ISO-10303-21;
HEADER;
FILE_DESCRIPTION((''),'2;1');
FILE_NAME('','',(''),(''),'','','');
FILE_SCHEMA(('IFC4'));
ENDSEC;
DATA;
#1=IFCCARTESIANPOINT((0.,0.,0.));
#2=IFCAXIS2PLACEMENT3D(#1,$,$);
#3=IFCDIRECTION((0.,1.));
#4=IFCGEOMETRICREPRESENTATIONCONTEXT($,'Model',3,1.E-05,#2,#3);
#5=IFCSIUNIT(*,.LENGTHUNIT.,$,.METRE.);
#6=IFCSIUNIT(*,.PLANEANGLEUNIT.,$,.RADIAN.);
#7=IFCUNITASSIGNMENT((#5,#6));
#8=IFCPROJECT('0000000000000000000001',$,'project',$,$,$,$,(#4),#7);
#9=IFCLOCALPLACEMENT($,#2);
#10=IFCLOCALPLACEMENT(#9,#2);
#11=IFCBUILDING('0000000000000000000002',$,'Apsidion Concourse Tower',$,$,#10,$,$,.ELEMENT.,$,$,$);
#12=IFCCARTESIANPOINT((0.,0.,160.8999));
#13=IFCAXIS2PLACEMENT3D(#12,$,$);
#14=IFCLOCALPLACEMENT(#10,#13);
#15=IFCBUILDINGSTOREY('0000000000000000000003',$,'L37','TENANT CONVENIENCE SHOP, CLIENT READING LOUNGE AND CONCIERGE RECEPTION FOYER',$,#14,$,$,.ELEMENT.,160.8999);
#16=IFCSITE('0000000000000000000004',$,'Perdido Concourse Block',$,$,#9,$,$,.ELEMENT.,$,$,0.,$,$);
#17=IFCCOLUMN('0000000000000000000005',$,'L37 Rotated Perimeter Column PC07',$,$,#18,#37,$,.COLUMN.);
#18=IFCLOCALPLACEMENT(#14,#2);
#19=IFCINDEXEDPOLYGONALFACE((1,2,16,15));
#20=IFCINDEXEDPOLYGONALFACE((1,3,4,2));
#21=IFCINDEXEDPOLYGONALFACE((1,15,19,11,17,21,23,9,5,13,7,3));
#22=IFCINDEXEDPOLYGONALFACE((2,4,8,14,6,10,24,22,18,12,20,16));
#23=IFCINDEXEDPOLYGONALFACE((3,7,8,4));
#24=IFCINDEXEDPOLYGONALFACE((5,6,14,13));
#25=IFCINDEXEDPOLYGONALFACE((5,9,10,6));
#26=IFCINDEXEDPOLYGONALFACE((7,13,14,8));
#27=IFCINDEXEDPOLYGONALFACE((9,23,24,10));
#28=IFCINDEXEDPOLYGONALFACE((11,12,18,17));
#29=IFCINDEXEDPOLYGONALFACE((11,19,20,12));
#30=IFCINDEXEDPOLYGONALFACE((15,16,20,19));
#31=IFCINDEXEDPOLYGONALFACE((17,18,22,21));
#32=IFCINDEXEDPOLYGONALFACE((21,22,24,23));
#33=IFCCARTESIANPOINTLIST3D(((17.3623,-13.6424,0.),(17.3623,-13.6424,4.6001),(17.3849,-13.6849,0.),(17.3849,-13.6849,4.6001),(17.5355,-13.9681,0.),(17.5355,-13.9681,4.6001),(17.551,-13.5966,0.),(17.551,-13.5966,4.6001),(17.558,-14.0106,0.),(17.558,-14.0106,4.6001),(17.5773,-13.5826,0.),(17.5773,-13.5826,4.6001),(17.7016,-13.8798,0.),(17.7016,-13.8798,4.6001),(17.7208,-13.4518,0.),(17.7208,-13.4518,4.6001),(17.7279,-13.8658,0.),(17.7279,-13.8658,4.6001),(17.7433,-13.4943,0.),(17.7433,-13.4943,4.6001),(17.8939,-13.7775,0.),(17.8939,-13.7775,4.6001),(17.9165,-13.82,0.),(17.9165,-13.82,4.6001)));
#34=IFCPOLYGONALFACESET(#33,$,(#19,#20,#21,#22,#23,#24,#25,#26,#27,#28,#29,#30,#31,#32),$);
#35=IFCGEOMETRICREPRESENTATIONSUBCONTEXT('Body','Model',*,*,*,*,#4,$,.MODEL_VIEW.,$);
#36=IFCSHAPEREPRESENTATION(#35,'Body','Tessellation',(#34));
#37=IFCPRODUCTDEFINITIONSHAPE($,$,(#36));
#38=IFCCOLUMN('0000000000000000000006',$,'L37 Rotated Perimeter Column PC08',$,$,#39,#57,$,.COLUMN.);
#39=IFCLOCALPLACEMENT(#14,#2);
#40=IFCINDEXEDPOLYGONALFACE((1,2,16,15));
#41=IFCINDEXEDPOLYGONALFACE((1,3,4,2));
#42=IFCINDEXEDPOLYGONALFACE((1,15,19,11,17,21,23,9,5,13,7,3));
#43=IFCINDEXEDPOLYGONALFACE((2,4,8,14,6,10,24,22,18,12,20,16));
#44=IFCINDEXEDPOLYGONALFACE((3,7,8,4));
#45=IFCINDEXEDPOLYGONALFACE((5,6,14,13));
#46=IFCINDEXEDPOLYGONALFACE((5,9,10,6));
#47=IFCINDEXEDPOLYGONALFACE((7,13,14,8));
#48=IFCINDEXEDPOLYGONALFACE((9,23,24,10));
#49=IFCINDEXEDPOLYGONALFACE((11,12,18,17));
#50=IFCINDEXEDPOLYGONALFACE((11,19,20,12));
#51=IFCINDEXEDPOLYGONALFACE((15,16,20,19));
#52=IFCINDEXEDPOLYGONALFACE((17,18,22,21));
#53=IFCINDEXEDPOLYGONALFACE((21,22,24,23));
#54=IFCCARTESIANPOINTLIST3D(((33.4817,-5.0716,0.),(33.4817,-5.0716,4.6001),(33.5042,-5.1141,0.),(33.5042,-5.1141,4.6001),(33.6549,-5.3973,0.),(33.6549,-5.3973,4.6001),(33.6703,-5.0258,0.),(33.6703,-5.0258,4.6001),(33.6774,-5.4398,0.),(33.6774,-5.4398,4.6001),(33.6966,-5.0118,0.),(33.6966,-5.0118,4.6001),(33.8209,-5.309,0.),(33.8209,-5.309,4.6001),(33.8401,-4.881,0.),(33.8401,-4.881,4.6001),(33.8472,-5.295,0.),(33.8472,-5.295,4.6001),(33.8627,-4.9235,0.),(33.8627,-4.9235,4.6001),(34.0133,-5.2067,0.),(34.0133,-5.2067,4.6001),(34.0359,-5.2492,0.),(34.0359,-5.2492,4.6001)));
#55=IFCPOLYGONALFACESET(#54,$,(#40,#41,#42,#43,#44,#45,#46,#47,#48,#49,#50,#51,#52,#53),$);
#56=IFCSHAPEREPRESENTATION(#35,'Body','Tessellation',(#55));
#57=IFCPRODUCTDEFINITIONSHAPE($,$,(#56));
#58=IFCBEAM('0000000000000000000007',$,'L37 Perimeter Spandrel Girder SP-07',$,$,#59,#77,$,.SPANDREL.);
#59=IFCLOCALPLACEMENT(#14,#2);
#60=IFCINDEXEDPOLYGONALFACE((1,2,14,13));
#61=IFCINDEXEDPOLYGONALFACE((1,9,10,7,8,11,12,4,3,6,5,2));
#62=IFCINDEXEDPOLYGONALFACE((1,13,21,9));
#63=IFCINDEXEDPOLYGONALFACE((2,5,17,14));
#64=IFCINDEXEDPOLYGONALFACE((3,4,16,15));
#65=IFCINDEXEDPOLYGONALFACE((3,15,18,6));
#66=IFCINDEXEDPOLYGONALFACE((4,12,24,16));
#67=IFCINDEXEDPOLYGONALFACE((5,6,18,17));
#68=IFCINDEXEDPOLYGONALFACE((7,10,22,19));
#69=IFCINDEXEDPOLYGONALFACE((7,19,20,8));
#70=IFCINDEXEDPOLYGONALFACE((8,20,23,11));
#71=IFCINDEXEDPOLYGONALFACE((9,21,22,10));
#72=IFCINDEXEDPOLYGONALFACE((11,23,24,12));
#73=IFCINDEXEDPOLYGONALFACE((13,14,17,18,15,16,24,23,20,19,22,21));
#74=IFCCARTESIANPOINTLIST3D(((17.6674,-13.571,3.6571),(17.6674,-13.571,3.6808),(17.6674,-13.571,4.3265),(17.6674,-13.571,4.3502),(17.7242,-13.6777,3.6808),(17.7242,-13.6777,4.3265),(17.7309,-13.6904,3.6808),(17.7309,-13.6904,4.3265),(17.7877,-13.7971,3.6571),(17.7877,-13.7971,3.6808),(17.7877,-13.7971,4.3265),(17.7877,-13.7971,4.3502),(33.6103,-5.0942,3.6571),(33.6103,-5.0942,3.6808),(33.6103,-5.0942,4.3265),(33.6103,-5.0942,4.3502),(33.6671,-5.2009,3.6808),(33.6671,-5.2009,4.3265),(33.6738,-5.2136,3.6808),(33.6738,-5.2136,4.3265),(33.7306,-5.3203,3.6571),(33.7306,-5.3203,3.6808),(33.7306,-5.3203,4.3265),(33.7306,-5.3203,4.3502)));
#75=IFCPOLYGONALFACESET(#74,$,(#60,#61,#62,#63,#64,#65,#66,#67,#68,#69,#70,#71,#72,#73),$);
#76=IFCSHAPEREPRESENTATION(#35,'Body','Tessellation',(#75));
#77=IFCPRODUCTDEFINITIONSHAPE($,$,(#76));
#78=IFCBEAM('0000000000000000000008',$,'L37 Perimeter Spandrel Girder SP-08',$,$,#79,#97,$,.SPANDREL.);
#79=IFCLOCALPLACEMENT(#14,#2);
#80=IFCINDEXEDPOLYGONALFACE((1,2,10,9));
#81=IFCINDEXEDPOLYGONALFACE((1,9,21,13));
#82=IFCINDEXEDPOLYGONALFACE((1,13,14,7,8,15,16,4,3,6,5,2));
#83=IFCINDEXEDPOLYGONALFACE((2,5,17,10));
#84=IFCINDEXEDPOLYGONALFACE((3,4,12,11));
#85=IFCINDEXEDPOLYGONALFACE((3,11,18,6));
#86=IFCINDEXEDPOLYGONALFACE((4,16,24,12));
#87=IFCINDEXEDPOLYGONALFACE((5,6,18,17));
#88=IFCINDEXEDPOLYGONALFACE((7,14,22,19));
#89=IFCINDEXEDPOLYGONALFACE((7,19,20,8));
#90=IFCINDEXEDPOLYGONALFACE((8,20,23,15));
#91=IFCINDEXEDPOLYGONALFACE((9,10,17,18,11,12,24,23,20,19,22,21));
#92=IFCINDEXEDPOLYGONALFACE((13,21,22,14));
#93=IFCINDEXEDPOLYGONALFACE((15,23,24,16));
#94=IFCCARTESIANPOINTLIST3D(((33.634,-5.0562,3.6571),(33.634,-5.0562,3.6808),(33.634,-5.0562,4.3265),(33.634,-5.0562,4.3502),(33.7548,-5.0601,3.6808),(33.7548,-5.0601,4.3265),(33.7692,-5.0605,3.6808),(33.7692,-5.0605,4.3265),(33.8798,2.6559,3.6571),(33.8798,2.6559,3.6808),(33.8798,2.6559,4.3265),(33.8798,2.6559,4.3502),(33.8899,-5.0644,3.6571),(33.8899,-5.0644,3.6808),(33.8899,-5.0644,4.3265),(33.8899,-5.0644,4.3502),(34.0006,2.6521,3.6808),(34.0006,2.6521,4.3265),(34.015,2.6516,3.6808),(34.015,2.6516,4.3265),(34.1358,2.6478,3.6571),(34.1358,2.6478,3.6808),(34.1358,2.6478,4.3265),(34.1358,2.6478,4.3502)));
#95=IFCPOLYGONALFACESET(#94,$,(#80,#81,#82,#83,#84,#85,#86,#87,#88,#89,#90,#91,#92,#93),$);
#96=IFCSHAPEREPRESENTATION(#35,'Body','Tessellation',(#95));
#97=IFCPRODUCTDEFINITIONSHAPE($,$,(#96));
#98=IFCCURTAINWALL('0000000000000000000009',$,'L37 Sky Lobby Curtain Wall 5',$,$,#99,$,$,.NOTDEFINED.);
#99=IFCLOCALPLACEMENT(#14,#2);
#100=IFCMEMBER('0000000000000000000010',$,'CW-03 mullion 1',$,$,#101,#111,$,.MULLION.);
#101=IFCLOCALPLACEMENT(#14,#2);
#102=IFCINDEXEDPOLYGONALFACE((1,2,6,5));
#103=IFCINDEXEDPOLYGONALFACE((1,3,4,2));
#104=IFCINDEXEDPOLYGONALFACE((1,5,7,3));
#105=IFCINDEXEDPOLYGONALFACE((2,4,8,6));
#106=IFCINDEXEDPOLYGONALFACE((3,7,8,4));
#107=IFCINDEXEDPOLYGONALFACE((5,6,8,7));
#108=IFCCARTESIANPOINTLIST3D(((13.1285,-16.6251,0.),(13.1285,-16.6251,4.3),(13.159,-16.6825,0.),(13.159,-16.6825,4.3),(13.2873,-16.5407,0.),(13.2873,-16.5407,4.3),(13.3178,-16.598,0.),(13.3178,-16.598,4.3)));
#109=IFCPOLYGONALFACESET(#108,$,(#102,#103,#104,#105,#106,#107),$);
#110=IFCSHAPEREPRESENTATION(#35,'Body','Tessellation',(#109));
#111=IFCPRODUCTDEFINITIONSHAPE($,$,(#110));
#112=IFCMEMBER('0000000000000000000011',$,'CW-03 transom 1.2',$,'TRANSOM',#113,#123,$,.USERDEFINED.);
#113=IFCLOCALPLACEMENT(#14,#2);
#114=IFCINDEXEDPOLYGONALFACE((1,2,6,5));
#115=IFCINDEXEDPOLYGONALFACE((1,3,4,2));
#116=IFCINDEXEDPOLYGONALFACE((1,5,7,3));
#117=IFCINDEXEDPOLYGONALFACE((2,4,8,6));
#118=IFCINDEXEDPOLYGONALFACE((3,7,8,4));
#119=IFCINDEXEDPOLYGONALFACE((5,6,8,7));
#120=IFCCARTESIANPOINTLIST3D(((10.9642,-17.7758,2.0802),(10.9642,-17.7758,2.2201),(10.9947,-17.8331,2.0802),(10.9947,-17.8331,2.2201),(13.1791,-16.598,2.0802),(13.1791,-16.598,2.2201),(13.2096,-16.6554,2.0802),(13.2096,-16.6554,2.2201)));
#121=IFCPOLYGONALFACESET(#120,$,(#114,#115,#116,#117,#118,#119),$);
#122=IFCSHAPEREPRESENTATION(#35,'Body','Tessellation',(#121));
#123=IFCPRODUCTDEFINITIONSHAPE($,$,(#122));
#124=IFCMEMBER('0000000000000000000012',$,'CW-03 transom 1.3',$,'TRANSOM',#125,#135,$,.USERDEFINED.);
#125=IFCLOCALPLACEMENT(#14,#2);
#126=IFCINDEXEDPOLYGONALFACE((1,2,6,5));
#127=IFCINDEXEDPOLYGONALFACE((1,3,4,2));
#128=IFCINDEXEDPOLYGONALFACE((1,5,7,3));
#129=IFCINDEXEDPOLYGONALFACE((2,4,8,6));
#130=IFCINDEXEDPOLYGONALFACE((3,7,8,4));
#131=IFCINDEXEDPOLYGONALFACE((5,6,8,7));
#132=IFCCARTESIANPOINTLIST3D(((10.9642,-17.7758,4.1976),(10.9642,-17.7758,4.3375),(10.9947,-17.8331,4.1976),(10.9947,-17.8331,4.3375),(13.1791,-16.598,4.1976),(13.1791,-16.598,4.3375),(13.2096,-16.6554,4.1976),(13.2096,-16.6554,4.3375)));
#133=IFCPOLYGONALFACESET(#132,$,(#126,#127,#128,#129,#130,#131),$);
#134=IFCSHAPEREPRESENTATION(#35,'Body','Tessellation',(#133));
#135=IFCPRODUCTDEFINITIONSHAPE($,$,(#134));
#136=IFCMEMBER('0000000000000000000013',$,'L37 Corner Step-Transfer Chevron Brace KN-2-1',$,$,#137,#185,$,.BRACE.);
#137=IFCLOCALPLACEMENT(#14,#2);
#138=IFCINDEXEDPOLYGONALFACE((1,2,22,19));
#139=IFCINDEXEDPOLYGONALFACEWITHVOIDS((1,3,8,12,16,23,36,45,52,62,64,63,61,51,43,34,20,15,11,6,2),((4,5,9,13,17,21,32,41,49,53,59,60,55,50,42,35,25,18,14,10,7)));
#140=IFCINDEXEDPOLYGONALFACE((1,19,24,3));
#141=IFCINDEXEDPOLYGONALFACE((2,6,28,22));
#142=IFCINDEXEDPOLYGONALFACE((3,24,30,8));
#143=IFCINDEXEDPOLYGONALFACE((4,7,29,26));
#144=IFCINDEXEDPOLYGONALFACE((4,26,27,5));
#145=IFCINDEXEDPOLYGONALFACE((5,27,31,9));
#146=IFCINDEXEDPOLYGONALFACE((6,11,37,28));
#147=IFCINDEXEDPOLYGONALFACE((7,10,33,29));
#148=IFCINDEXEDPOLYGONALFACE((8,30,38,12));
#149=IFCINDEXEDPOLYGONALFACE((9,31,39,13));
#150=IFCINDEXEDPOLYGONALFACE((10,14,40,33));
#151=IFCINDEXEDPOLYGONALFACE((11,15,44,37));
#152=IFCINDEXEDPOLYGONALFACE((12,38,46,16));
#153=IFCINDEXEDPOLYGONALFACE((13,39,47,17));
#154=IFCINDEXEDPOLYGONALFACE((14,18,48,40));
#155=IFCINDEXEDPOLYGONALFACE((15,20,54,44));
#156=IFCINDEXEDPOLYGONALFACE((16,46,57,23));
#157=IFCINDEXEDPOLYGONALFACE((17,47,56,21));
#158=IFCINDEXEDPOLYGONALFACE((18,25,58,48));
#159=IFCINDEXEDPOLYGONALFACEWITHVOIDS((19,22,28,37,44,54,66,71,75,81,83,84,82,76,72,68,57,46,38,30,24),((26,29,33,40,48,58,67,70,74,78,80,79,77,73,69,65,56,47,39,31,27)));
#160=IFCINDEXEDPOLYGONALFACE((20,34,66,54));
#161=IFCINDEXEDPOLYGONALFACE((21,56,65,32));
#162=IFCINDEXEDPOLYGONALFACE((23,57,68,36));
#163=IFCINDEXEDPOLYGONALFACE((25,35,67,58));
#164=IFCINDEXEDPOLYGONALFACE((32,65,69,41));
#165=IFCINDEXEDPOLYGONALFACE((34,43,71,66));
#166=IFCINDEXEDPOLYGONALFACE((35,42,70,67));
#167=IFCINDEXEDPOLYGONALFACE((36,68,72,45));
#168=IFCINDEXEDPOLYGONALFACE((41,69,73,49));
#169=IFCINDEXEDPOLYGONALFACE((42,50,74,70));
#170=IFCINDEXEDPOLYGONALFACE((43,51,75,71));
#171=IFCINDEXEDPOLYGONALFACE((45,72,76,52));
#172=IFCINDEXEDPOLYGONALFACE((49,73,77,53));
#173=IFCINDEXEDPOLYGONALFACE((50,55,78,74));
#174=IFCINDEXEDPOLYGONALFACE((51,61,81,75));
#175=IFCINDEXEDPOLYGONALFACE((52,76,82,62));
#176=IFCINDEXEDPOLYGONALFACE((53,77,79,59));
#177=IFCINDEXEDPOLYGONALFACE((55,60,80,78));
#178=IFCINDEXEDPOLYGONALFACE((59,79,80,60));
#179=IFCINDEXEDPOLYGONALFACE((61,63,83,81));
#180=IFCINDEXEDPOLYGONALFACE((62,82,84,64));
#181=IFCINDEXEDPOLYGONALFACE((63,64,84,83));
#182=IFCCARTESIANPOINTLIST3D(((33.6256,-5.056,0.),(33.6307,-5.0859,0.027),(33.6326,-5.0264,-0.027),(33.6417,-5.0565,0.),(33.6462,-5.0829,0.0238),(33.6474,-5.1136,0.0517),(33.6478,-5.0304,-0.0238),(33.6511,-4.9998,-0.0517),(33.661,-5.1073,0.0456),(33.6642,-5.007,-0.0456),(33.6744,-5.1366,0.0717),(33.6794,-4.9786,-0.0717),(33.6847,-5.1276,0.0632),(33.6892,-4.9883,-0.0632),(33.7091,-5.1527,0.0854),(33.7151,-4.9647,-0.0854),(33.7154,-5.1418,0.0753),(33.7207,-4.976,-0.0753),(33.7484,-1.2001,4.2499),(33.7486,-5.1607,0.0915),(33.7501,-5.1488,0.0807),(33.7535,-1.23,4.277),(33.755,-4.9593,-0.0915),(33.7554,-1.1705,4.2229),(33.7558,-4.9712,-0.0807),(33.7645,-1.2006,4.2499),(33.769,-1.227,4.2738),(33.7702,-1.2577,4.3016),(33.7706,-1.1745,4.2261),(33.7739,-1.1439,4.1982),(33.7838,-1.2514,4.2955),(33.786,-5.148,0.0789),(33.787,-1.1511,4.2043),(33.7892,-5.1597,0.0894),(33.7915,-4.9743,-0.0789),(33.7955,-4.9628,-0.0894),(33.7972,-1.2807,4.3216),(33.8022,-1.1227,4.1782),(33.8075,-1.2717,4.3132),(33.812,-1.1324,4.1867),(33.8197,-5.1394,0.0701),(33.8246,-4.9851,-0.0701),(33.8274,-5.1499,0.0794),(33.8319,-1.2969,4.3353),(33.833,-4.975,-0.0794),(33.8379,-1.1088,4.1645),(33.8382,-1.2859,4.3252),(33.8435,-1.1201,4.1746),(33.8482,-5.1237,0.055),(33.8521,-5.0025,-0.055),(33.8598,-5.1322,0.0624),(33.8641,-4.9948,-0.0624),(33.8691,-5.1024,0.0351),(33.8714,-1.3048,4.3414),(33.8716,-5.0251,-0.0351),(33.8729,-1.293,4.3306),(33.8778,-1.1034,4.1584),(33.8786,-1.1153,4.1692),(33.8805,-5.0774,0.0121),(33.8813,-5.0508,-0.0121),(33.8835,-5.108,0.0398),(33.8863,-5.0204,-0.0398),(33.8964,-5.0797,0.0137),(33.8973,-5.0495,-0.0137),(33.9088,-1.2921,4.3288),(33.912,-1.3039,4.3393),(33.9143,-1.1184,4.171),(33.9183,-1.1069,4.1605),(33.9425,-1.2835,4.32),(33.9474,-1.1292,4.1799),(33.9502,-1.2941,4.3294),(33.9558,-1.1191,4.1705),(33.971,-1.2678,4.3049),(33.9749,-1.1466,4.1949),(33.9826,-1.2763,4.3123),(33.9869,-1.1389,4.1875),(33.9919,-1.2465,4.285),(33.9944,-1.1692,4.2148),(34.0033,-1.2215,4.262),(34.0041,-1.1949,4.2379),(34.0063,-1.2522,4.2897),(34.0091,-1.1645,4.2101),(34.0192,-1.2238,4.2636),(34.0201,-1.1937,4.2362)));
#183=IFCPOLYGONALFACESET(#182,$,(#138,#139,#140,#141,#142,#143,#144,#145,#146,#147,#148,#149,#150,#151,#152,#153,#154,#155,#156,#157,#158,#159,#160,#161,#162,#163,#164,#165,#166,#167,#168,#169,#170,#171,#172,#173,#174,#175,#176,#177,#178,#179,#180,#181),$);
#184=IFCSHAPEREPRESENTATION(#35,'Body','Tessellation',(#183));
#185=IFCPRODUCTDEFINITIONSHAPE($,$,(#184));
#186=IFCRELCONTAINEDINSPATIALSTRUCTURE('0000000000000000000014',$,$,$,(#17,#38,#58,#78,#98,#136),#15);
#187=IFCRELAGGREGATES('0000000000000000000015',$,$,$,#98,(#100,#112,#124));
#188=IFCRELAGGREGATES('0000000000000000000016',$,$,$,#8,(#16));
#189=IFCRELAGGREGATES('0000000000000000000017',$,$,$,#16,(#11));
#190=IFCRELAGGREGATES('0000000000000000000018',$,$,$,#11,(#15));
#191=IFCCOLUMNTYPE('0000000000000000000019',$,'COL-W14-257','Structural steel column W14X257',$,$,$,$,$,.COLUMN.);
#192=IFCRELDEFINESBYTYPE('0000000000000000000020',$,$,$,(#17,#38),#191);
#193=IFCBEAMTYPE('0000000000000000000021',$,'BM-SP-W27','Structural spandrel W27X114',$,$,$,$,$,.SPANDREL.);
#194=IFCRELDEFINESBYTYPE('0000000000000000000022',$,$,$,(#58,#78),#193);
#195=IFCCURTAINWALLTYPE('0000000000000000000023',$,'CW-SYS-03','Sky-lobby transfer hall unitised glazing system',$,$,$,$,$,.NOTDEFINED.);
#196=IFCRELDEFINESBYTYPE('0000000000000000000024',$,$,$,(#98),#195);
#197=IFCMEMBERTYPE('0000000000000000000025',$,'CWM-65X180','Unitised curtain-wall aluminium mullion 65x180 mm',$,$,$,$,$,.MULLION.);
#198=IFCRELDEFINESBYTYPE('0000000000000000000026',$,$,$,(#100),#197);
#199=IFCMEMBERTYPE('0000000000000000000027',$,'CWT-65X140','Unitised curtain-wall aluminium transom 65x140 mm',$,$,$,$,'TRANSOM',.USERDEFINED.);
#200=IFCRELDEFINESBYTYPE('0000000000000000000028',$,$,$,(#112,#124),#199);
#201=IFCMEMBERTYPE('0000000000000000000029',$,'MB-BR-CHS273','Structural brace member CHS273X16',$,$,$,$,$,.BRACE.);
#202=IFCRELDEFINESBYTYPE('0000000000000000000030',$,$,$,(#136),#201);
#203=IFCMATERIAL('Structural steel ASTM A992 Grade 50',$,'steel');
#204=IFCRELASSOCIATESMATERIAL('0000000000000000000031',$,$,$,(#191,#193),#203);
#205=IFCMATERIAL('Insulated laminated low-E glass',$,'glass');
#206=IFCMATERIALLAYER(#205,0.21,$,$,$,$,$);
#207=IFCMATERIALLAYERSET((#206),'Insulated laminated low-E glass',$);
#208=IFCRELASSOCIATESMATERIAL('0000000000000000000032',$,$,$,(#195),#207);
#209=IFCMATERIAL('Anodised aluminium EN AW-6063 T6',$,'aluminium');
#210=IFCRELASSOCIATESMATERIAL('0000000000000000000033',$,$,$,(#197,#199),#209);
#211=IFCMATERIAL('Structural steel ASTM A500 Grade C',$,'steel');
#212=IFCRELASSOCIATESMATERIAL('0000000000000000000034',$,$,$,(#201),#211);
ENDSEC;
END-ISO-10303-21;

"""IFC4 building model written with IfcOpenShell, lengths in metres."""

from ifc_helpers import new_model, si_unit, direction, frame, origin, origin_2d, place, context, subcontext, project, spatial, rectangle, hollow_circle, i_section, extrude, material, layer, layer_set, material_profile, profile_set, type_object, element, aggregate, save


model = new_model("IFC4")

# Units and contexts
model_context = context("Model", 3, precision=1e-05, world=origin(), true_north=direction((0.0, 1.0)))
body_context = subcontext(model_context, "Body", "Model", "MODEL_VIEW")
ifc_project = project(units=[si_unit("LENGTHUNIT", "METRE"), si_unit("PLANEANGLEUNIT", "RADIAN")], contexts=[model_context])

# Site, building, storey
site_placement = place(None, origin())
site = spatial("IfcSite", under=ifc_project, at=site_placement, Name="Perdido Concourse Block", CompositionType="ELEMENT", RefElevation=0.0)
building_placement = place(site_placement, origin())
building = spatial("IfcBuilding", under=site, at=building_placement, Name="Apsidion Concourse Tower", CompositionType="ELEMENT")
storey_placement = place(building_placement, frame((0.0, 0.0, 160.8999)))
storey = spatial("IfcBuildingStorey", under=building, at=storey_placement, Name="L37", Description="TENANT CONVENIENCE SHOP, CLIENT READING LOUNGE AND CONCIERGE RECEPTION FOYER", CompositionType="ELEMENT", Elevation=160.8999)

# Columns
ifc_material_1 = material(Name="Structural steel ASTM A992 Grade 50", Category="steel")
ifc_material_profile_1 = material_profile(ifc_material_1, i_section(OverallWidth=0.406, OverallDepth=0.417, WebThickness=0.0298, FlangeThickness=0.0481, at=origin_2d()), Name="W14X257")
ifc_profile_set_1 = profile_set([ifc_material_profile_1], Name="Structural steel ASTM A992 Grade 50")
column_type = type_object("IfcColumnType", Name="COL-W14-257", Description="Structural steel column W14X257", PredefinedType="COLUMN", material=ifc_profile_set_1)
for number, where, z_axis, x_axis, name in (
    (1, (17.6394, -13.7312, 0.0), (0.0, 0.0, 1.0), (0.882948, 0.469472, 0.0), "L37 Rotated Perimeter Column PC07"),
    (2, (33.7588, -5.1604, 0.0), (0.0, 0.0, 1.0), (0.882948, 0.469472, 0.0), "L37 Rotated Perimeter Column PC08"),
):
    element("IfcColumn", number, at=place(storey_placement, frame(where, z_axis=z_axis, x_axis=x_axis)), inside=storey, type_object=column_type, Name=name, PredefinedType="COLUMN", context=body_context, shape_type="SweptSolid", body=[
        extrude(i_section(OverallWidth=0.406, OverallDepth=0.417, WebThickness=0.0298, FlangeThickness=0.0481, at=origin_2d()), origin(), (0.0, 0.0, 1.0), 4.6001),
    ])

# Beams
ifc_material_profile_2 = material_profile(ifc_material_1, i_section(OverallWidth=0.2561, OverallDepth=0.6931, WebThickness=0.0144, FlangeThickness=0.0237, at=origin_2d()), Name="W27X114")
ifc_profile_set_2 = profile_set([ifc_material_profile_2], Name="Structural steel ASTM A992 Grade 50")
beam_type = type_object("IfcBeamType", Name="BM-SP-W27", Description="Structural spandrel W27X114", PredefinedType="SPANDREL", material=ifc_profile_set_2)
beam_1_placement = place(storey_placement, frame((17.7275, -13.6841, 4.0037), z_axis=(0.882951, 0.469464, 0.0), x_axis=(-0.469464, 0.882951, 0.0)))
element("IfcBeam", 3, at=beam_1_placement, inside=storey, type_object=beam_type, Name="L37 Perimeter Spandrel Girder SP-07", PredefinedType="SPANDREL", context=body_context, shape_type="SweptSolid", body=[
    extrude(i_section(OverallWidth=0.2561, OverallDepth=0.6931, WebThickness=0.0144, FlangeThickness=0.0237, at=origin_2d()), origin(), (0.0, 0.0, 1.0), 18.0564),
])
beam_2_placement = place(storey_placement, frame((33.762, -5.0603, 4.0037), z_axis=(0.031862, 0.999492, 0.0), x_axis=(-0.999492, 0.031862, 0.0)))
element("IfcBeam", 4, at=beam_2_placement, inside=storey, type_object=beam_type, Name="L37 Perimeter Spandrel Girder SP-08", PredefinedType="SPANDREL", context=body_context, shape_type="SweptSolid", body=[
    extrude(i_section(OverallWidth=0.2561, OverallDepth=0.6931, WebThickness=0.0144, FlangeThickness=0.0237, at=origin_2d()), origin(), (0.0, 0.0, 1.0), 7.7161),
])

# Curtain wall, members
ifc_material_2 = material(Name="Insulated laminated low-E glass", Category="glass")
ifc_layer_1 = layer(ifc_material_2, 0.21)
ifc_layer_set_1 = layer_set([ifc_layer_1], Name="Insulated laminated low-E glass")
curtain_wall_type = type_object("IfcCurtainWallType", Name="CW-SYS-03", Description="Sky-lobby transfer hall unitised glazing system", PredefinedType="NOTDEFINED", material=ifc_layer_set_1)
curtain_wall_placement = place(storey_placement, origin())
curtain_wall = element("IfcCurtainWall", 5, at=curtain_wall_placement, inside=storey, type_object=curtain_wall_type, Name="L37 Sky Lobby Curtain Wall 5", PredefinedType="NOTDEFINED")
ifc_material_3 = material(Name="Anodised aluminium EN AW-6063 T6", Category="aluminium")
ifc_material_profile_3 = material_profile(ifc_material_3, rectangle(XDim=0.0649, YDim=0.1799, at=origin_2d()), Name="ALU MULLION 65x180")
ifc_profile_set_3 = profile_set([ifc_material_profile_3], Name="Anodised aluminium EN AW-6063 T6")
member_type_1 = type_object("IfcMemberType", Name="CWM-65X180", Description="Unitised curtain-wall aluminium mullion 65x180 mm", PredefinedType="MULLION", material=ifc_profile_set_3)
member_1_placement = place(storey_placement, frame((13.2231, -16.6116, 0.0), z_axis=(0.0, 0.0, 1.0), x_axis=(0.469472, -0.882947, 0.0)))
member_1 = element("IfcMember", 6, at=member_1_placement, type_object=member_type_1, Name="CW-03 mullion 1", PredefinedType="MULLION", context=body_context, shape_type="SweptSolid", body=[
    extrude(rectangle(XDim=0.0649, YDim=0.1799, at=origin_2d()), origin(), (0.0, 0.0, 1.0), 4.3),
])
ifc_material_profile_4 = material_profile(ifc_material_3, rectangle(XDim=0.0649, YDim=0.1399, at=origin_2d()), Name="ALU TRANSOM 65x140")
ifc_profile_set_4 = profile_set([ifc_material_profile_4], Name="Anodised aluminium EN AW-6063 T6")
member_type_2 = type_object("IfcMemberType", Name="CWT-65X140", Description="Unitised curtain-wall aluminium transom 65x140 mm", ElementType="TRANSOM", PredefinedType="USERDEFINED", material=ifc_profile_set_4)
member_2_placement = place(storey_placement, frame((13.1943, -16.6267, 2.1501), z_axis=(-0.882934, -0.469497, 0.0), x_axis=(0.469497, -0.882934, 0.0)))
member_2 = element("IfcMember", 7, at=member_2_placement, type_object=member_type_2, Name="CW-03 transom 1.2", ObjectType="TRANSOM", PredefinedType="USERDEFINED", context=body_context, shape_type="SweptSolid", body=[
    extrude(rectangle(XDim=0.0649, YDim=0.1399, at=origin_2d()), origin(), (0.0, 0.0, 1.0), 2.5085),
])
member_3_placement = place(storey_placement, frame((13.1943, -16.6267, 4.2676), z_axis=(-0.882934, -0.469497, 0.0), x_axis=(0.469497, -0.882934, 0.0)))
member_3 = element("IfcMember", 8, at=member_3_placement, type_object=member_type_2, Name="CW-03 transom 1.3", ObjectType="TRANSOM", PredefinedType="USERDEFINED", context=body_context, shape_type="SweptSolid", body=[
    extrude(rectangle(XDim=0.0649, YDim=0.1399, at=origin_2d()), origin(), (0.0, 0.0, 1.0), 2.5085),
])
aggregate(curtain_wall, [member_1, member_2, member_3])

# Member
ifc_material_4 = material(Name="Structural steel ASTM A500 Grade C", Category="steel")
ifc_material_profile_5 = material_profile(ifc_material_4, hollow_circle(Radius=0.1365, WallThickness=0.0161, at=origin_2d()), Name="CHS273X16")
ifc_profile_set_5 = profile_set([ifc_material_profile_5], Name="Structural steel ASTM A500 Grade C")
member_type_3 = type_object("IfcMemberType", Name="MB-BR-CHS273", Description="Structural brace member CHS273X16", PredefinedType="BRACE", material=ifc_profile_set_5)
member_4_placement = place(storey_placement, frame((33.762, -5.0603, 0.0), z_axis=(0.021395, 0.671786, 0.740436), x_axis=(-0.999493, 0.031831, 0.0)))
element("IfcMember", 9, at=member_4_placement, inside=storey, type_object=member_type_3, Name="L37 Corner Step-Transfer Chevron Brace KN-2-1", PredefinedType="BRACE", context=body_context, shape_type="SweptSolid", body=[
    extrude(hollow_circle(Radius=0.1365, WallThickness=0.0161, at=origin_2d()), origin(), (0.0, 0.0, 1.0), 5.7397),
])

save(model, "model.ifc")
